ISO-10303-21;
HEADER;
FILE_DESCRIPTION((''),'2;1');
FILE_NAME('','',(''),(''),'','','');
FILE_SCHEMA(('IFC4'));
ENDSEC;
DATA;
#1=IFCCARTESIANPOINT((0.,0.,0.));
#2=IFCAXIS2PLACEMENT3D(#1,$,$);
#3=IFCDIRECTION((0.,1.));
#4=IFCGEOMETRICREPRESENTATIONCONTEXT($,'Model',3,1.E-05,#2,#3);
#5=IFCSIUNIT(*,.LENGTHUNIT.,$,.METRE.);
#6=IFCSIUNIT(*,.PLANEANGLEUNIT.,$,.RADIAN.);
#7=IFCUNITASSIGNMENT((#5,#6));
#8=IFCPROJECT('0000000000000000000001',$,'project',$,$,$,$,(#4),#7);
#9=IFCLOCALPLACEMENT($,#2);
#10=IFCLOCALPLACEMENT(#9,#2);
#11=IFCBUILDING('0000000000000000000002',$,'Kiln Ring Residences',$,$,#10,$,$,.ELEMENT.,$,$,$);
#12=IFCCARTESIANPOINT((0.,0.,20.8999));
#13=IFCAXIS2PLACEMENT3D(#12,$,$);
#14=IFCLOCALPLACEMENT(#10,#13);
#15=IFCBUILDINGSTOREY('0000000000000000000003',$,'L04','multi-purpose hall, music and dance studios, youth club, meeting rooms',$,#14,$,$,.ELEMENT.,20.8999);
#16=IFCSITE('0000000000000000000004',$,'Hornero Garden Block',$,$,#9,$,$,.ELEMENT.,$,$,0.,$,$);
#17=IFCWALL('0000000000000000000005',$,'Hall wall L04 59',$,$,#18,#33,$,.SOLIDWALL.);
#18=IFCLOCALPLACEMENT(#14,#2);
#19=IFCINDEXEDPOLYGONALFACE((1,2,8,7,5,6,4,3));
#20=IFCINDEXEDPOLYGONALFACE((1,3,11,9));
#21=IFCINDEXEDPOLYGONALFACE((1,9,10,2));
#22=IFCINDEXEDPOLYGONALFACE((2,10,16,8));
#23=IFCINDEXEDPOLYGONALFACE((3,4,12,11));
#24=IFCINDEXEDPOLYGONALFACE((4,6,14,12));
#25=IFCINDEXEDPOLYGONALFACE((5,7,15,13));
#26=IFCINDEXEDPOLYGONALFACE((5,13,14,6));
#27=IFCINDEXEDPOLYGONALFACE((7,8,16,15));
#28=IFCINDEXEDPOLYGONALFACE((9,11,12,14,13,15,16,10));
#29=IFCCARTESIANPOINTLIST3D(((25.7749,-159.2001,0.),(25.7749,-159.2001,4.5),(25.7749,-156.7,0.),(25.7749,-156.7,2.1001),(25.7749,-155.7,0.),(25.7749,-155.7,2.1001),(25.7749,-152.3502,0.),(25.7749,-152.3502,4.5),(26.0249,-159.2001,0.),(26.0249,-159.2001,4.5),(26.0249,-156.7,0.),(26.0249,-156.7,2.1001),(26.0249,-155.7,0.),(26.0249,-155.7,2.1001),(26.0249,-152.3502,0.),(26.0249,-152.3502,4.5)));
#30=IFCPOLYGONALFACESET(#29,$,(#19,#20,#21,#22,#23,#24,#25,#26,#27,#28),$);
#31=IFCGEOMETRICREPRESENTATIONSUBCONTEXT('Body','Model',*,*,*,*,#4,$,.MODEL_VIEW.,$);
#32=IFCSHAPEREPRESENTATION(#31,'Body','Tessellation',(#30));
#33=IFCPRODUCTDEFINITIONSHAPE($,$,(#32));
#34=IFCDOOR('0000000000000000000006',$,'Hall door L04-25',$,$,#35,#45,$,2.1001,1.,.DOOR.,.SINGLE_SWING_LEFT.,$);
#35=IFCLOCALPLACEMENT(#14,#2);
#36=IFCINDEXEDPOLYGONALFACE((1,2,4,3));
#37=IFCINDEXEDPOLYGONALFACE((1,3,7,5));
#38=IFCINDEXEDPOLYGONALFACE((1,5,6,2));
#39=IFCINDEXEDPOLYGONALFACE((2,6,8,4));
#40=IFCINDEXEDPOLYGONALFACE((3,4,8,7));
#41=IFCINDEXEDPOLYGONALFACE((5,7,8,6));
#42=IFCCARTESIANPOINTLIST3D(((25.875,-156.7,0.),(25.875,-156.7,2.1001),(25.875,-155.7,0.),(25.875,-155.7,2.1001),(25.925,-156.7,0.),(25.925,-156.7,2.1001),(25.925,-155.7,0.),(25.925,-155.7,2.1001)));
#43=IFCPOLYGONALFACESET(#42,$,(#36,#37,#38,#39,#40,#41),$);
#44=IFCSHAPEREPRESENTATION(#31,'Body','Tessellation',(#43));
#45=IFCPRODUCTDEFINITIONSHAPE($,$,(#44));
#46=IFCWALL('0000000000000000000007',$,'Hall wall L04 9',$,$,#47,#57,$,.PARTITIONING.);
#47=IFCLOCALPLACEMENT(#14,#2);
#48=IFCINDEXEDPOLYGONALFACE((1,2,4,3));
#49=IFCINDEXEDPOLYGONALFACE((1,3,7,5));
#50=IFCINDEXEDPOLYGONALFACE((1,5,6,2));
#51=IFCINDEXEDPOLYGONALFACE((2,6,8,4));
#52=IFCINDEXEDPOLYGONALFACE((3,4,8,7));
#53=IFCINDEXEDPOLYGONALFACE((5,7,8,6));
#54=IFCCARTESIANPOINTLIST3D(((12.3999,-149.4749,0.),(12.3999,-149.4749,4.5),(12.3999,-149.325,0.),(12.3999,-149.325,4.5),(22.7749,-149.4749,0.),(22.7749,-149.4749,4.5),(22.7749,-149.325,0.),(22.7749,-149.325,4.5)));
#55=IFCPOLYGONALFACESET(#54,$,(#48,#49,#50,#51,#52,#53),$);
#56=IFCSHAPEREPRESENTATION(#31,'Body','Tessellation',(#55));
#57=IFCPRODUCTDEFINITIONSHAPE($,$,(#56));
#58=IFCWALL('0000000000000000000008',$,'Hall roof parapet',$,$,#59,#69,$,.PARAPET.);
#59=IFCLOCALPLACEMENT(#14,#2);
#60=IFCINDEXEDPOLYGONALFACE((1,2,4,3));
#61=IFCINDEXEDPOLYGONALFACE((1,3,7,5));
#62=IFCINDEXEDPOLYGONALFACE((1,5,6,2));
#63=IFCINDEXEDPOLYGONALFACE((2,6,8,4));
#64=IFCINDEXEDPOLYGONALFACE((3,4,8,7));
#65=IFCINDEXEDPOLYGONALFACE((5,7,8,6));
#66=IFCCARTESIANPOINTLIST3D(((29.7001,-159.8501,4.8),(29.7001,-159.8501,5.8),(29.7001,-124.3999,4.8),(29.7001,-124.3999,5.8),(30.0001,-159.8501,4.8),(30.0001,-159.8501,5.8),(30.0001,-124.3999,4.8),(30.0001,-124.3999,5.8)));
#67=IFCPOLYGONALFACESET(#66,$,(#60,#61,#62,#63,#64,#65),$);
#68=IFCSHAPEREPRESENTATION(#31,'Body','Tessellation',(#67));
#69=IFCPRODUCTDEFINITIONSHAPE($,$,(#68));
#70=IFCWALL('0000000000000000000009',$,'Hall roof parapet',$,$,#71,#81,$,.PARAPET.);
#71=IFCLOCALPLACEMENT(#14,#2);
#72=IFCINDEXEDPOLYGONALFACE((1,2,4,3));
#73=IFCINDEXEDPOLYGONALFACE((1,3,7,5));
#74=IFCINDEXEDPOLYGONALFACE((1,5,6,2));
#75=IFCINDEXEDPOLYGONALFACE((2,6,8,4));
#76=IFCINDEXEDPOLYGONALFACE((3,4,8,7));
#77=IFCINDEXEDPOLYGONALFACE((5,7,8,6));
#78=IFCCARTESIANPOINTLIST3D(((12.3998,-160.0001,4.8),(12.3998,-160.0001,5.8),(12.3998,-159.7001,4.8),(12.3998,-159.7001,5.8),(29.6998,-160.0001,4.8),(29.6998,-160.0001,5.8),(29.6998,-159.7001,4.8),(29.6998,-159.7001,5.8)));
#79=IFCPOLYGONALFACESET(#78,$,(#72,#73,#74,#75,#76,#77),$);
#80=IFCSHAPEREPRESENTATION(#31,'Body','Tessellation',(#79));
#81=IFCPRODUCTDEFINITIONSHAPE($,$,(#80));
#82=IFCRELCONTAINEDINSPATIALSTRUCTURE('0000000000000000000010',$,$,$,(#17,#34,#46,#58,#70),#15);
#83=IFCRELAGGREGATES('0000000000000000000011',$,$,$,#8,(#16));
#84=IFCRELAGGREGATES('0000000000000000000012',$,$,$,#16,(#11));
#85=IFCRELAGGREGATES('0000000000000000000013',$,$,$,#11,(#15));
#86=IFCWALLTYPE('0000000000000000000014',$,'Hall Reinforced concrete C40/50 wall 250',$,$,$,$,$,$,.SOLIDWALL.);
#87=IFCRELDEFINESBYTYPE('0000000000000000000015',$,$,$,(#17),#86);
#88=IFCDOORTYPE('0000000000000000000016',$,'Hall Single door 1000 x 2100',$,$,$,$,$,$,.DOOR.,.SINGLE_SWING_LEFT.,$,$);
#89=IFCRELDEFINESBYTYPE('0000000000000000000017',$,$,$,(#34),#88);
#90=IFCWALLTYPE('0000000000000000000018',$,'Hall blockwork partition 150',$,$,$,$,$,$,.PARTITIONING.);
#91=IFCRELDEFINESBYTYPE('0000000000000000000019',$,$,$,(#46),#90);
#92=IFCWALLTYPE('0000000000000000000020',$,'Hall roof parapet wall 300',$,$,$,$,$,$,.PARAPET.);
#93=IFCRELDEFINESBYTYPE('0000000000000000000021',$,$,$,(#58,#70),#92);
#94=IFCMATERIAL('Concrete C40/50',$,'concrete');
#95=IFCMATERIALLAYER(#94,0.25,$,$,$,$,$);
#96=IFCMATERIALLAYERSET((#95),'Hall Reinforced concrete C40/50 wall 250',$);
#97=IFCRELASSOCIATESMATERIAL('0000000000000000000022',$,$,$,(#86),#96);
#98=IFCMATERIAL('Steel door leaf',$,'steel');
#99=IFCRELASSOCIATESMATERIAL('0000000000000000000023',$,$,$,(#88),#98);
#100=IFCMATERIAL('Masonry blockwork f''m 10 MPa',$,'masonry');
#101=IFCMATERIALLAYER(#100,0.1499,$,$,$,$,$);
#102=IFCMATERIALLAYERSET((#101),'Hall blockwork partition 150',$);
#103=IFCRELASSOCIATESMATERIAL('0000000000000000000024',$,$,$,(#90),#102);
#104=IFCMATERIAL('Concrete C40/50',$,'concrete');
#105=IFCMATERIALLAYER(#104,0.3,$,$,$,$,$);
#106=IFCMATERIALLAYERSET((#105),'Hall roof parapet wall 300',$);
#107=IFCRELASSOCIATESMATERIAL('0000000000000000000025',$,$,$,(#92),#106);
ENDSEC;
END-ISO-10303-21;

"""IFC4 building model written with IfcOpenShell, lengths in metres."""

from ifc_helpers import new_model, si_unit, direction, frame, frame_2d, origin, place, context, subcontext, project, spatial, rectangle, extrude, material, layer, layer_set, type_object, element, fill, save


model = new_model("IFC4")

# Units and contexts
model_context = context("Model", 3, precision=1e-05, world=origin(), true_north=direction((0.0, 1.0)))
body_context = subcontext(model_context, "Body", "Model", "MODEL_VIEW")
ifc_project = project(units=[si_unit("LENGTHUNIT", "METRE"), si_unit("PLANEANGLEUNIT", "RADIAN")], contexts=[model_context])

# Site, building, storey
site_placement = place(None, origin())
site = spatial("IfcSite", under=ifc_project, at=site_placement, Name="Hornero Garden Block", CompositionType="ELEMENT", RefElevation=0.0)
building_placement = place(site_placement, origin())
building = spatial("IfcBuilding", under=site, at=building_placement, Name="Kiln Ring Residences", CompositionType="ELEMENT")
storey_placement = place(building_placement, frame((0.0, 0.0, 20.8999)))
storey = spatial("IfcBuildingStorey", under=building, at=storey_placement, Name="L04", Description="multi-purpose hall, music and dance studios, youth club, meeting rooms", CompositionType="ELEMENT", Elevation=20.8999)

# Shared definitions
ifc_material_1 = material(Name="Concrete C40/50", Category="concrete")
ifc_layer_1 = layer(ifc_material_1, 0.25)
ifc_layer_set_1 = layer_set([ifc_layer_1], Name="Hall Reinforced concrete C40/50 wall 250")
wall_type_1 = type_object("IfcWallType", Name="Hall Reinforced concrete C40/50 wall 250", PredefinedType="SOLIDWALL", material=ifc_layer_set_1)
ifc_material_2 = material(Name="Steel door leaf", Category="steel")
door_type_1 = type_object("IfcDoorType", Name="Hall Single door 1000 x 2100", OperationType="SINGLE_SWING_LEFT", PredefinedType="DOOR", material=ifc_material_2)

# Wall, opening, door
wall_1_placement = place(storey_placement, frame((25.8999, -159.2, 0.0), z_axis=(0.0, 0.0, 1.0), x_axis=(0.0, 1.0, 0.0)))
wall_1 = element("IfcWall", 1, at=wall_1_placement, inside=storey, type_object=wall_type_1, Name="Hall wall L04 59", PredefinedType="SOLIDWALL", context=body_context, shape_type="SweptSolid", body=[
    extrude(rectangle(XDim=6.8499, YDim=0.25, at=frame_2d((3.4248, 0.0))), origin(), (0.0, 0.0, 1.0), 4.5),
])
opening_1_placement = place(wall_1_placement, frame((2.5, 0.0, 0.0)))
opening_1 = element("IfcOpeningElement", 2, at=opening_1_placement, cuts=wall_1, PredefinedType="OPENING", context=body_context, shape_type="SweptSolid", body=[
    extrude(rectangle(XDim=1.0, YDim=2.1001, at=frame_2d((0.5, 1.05))), frame((0.0, 0.135, 0.0), z_axis=(0.0, -1.0, 0.0), x_axis=(1.0, 0.0, 0.0)), (0.0, 0.0, 1.0), 0.27),
])
door_1_placement = place(opening_1_placement, origin())
door_1 = element("IfcDoor", 3, at=door_1_placement, inside=storey, type_object=door_type_1, Name="Hall door L04-25", OperationType="SINGLE_SWING_LEFT", OverallHeight=2.1001, OverallWidth=1.0, PredefinedType="DOOR", context=body_context, shape_type="SweptSolid", body=[
    extrude(rectangle(XDim=1.0, YDim=2.1001, at=frame_2d((0.5, 1.05))), frame((0.0, 0.0249, 0.0), z_axis=(0.0, -1.0, 0.0), x_axis=(1.0, 0.0, 0.0)), (0.0, 0.0, 1.0), 0.05),
])
fill(opening_1, door_1)

# Walls
ifc_material_3 = material(Name="Masonry blockwork f'm 10 MPa", Category="masonry")
ifc_layer_2 = layer(ifc_material_3, 0.1499)
ifc_layer_set_2 = layer_set([ifc_layer_2], Name="Hall blockwork partition 150")
wall_type_2 = type_object("IfcWallType", Name="Hall blockwork partition 150", PredefinedType="PARTITIONING", material=ifc_layer_set_2)
wall_2_placement = place(storey_placement, frame((12.3999, -149.3999, 0.0), z_axis=(0.0, 0.0, 1.0), x_axis=(1.0, 0.0, 0.0)))
element("IfcWall", 4, at=wall_2_placement, inside=storey, type_object=wall_type_2, Name="Hall wall L04 9", PredefinedType="PARTITIONING", context=body_context, shape_type="SweptSolid", body=[
    extrude(rectangle(XDim=10.375, YDim=0.1499, at=frame_2d((5.1875, 0.0))), origin(), (0.0, 0.0, 1.0), 4.5),
])
ifc_material_4 = material(Name="Concrete C40/50", Category="concrete")
ifc_layer_3 = layer(ifc_material_4, 0.3)
ifc_layer_set_3 = layer_set([ifc_layer_3], Name="Hall roof parapet wall 300")
wall_type_3 = type_object("IfcWallType", Name="Hall roof parapet wall 300", PredefinedType="PARAPET", material=ifc_layer_set_3)
wall_3_placement = place(storey_placement, frame((29.8501, -159.8501, 4.8), z_axis=(0.0, 0.0, 1.0), x_axis=(0.0, 1.0, 0.0)))
element("IfcWall", 5, at=wall_3_placement, inside=storey, type_object=wall_type_3, Name="Hall roof parapet", PredefinedType="PARAPET", context=body_context, shape_type="SweptSolid", body=[
    extrude(rectangle(XDim=35.4502, YDim=0.3, at=frame_2d((17.7251, 0.0))), origin(), (0.0, 0.0, 1.0), 1.0),
])
wall_4_placement = place(storey_placement, frame((12.3999, -159.8501, 4.8), z_axis=(0.0, 0.0, 1.0), x_axis=(1.0, 0.0, 0.0)))
element("IfcWall", 6, at=wall_4_placement, inside=storey, type_object=wall_type_3, Name="Hall roof parapet", PredefinedType="PARAPET", context=body_context, shape_type="SweptSolid", body=[
    extrude(rectangle(XDim=17.3, YDim=0.3, at=frame_2d((8.6499, 0.0))), origin(), (0.0, 0.0, 1.0), 1.0),
])

save(model, "model.ifc")
